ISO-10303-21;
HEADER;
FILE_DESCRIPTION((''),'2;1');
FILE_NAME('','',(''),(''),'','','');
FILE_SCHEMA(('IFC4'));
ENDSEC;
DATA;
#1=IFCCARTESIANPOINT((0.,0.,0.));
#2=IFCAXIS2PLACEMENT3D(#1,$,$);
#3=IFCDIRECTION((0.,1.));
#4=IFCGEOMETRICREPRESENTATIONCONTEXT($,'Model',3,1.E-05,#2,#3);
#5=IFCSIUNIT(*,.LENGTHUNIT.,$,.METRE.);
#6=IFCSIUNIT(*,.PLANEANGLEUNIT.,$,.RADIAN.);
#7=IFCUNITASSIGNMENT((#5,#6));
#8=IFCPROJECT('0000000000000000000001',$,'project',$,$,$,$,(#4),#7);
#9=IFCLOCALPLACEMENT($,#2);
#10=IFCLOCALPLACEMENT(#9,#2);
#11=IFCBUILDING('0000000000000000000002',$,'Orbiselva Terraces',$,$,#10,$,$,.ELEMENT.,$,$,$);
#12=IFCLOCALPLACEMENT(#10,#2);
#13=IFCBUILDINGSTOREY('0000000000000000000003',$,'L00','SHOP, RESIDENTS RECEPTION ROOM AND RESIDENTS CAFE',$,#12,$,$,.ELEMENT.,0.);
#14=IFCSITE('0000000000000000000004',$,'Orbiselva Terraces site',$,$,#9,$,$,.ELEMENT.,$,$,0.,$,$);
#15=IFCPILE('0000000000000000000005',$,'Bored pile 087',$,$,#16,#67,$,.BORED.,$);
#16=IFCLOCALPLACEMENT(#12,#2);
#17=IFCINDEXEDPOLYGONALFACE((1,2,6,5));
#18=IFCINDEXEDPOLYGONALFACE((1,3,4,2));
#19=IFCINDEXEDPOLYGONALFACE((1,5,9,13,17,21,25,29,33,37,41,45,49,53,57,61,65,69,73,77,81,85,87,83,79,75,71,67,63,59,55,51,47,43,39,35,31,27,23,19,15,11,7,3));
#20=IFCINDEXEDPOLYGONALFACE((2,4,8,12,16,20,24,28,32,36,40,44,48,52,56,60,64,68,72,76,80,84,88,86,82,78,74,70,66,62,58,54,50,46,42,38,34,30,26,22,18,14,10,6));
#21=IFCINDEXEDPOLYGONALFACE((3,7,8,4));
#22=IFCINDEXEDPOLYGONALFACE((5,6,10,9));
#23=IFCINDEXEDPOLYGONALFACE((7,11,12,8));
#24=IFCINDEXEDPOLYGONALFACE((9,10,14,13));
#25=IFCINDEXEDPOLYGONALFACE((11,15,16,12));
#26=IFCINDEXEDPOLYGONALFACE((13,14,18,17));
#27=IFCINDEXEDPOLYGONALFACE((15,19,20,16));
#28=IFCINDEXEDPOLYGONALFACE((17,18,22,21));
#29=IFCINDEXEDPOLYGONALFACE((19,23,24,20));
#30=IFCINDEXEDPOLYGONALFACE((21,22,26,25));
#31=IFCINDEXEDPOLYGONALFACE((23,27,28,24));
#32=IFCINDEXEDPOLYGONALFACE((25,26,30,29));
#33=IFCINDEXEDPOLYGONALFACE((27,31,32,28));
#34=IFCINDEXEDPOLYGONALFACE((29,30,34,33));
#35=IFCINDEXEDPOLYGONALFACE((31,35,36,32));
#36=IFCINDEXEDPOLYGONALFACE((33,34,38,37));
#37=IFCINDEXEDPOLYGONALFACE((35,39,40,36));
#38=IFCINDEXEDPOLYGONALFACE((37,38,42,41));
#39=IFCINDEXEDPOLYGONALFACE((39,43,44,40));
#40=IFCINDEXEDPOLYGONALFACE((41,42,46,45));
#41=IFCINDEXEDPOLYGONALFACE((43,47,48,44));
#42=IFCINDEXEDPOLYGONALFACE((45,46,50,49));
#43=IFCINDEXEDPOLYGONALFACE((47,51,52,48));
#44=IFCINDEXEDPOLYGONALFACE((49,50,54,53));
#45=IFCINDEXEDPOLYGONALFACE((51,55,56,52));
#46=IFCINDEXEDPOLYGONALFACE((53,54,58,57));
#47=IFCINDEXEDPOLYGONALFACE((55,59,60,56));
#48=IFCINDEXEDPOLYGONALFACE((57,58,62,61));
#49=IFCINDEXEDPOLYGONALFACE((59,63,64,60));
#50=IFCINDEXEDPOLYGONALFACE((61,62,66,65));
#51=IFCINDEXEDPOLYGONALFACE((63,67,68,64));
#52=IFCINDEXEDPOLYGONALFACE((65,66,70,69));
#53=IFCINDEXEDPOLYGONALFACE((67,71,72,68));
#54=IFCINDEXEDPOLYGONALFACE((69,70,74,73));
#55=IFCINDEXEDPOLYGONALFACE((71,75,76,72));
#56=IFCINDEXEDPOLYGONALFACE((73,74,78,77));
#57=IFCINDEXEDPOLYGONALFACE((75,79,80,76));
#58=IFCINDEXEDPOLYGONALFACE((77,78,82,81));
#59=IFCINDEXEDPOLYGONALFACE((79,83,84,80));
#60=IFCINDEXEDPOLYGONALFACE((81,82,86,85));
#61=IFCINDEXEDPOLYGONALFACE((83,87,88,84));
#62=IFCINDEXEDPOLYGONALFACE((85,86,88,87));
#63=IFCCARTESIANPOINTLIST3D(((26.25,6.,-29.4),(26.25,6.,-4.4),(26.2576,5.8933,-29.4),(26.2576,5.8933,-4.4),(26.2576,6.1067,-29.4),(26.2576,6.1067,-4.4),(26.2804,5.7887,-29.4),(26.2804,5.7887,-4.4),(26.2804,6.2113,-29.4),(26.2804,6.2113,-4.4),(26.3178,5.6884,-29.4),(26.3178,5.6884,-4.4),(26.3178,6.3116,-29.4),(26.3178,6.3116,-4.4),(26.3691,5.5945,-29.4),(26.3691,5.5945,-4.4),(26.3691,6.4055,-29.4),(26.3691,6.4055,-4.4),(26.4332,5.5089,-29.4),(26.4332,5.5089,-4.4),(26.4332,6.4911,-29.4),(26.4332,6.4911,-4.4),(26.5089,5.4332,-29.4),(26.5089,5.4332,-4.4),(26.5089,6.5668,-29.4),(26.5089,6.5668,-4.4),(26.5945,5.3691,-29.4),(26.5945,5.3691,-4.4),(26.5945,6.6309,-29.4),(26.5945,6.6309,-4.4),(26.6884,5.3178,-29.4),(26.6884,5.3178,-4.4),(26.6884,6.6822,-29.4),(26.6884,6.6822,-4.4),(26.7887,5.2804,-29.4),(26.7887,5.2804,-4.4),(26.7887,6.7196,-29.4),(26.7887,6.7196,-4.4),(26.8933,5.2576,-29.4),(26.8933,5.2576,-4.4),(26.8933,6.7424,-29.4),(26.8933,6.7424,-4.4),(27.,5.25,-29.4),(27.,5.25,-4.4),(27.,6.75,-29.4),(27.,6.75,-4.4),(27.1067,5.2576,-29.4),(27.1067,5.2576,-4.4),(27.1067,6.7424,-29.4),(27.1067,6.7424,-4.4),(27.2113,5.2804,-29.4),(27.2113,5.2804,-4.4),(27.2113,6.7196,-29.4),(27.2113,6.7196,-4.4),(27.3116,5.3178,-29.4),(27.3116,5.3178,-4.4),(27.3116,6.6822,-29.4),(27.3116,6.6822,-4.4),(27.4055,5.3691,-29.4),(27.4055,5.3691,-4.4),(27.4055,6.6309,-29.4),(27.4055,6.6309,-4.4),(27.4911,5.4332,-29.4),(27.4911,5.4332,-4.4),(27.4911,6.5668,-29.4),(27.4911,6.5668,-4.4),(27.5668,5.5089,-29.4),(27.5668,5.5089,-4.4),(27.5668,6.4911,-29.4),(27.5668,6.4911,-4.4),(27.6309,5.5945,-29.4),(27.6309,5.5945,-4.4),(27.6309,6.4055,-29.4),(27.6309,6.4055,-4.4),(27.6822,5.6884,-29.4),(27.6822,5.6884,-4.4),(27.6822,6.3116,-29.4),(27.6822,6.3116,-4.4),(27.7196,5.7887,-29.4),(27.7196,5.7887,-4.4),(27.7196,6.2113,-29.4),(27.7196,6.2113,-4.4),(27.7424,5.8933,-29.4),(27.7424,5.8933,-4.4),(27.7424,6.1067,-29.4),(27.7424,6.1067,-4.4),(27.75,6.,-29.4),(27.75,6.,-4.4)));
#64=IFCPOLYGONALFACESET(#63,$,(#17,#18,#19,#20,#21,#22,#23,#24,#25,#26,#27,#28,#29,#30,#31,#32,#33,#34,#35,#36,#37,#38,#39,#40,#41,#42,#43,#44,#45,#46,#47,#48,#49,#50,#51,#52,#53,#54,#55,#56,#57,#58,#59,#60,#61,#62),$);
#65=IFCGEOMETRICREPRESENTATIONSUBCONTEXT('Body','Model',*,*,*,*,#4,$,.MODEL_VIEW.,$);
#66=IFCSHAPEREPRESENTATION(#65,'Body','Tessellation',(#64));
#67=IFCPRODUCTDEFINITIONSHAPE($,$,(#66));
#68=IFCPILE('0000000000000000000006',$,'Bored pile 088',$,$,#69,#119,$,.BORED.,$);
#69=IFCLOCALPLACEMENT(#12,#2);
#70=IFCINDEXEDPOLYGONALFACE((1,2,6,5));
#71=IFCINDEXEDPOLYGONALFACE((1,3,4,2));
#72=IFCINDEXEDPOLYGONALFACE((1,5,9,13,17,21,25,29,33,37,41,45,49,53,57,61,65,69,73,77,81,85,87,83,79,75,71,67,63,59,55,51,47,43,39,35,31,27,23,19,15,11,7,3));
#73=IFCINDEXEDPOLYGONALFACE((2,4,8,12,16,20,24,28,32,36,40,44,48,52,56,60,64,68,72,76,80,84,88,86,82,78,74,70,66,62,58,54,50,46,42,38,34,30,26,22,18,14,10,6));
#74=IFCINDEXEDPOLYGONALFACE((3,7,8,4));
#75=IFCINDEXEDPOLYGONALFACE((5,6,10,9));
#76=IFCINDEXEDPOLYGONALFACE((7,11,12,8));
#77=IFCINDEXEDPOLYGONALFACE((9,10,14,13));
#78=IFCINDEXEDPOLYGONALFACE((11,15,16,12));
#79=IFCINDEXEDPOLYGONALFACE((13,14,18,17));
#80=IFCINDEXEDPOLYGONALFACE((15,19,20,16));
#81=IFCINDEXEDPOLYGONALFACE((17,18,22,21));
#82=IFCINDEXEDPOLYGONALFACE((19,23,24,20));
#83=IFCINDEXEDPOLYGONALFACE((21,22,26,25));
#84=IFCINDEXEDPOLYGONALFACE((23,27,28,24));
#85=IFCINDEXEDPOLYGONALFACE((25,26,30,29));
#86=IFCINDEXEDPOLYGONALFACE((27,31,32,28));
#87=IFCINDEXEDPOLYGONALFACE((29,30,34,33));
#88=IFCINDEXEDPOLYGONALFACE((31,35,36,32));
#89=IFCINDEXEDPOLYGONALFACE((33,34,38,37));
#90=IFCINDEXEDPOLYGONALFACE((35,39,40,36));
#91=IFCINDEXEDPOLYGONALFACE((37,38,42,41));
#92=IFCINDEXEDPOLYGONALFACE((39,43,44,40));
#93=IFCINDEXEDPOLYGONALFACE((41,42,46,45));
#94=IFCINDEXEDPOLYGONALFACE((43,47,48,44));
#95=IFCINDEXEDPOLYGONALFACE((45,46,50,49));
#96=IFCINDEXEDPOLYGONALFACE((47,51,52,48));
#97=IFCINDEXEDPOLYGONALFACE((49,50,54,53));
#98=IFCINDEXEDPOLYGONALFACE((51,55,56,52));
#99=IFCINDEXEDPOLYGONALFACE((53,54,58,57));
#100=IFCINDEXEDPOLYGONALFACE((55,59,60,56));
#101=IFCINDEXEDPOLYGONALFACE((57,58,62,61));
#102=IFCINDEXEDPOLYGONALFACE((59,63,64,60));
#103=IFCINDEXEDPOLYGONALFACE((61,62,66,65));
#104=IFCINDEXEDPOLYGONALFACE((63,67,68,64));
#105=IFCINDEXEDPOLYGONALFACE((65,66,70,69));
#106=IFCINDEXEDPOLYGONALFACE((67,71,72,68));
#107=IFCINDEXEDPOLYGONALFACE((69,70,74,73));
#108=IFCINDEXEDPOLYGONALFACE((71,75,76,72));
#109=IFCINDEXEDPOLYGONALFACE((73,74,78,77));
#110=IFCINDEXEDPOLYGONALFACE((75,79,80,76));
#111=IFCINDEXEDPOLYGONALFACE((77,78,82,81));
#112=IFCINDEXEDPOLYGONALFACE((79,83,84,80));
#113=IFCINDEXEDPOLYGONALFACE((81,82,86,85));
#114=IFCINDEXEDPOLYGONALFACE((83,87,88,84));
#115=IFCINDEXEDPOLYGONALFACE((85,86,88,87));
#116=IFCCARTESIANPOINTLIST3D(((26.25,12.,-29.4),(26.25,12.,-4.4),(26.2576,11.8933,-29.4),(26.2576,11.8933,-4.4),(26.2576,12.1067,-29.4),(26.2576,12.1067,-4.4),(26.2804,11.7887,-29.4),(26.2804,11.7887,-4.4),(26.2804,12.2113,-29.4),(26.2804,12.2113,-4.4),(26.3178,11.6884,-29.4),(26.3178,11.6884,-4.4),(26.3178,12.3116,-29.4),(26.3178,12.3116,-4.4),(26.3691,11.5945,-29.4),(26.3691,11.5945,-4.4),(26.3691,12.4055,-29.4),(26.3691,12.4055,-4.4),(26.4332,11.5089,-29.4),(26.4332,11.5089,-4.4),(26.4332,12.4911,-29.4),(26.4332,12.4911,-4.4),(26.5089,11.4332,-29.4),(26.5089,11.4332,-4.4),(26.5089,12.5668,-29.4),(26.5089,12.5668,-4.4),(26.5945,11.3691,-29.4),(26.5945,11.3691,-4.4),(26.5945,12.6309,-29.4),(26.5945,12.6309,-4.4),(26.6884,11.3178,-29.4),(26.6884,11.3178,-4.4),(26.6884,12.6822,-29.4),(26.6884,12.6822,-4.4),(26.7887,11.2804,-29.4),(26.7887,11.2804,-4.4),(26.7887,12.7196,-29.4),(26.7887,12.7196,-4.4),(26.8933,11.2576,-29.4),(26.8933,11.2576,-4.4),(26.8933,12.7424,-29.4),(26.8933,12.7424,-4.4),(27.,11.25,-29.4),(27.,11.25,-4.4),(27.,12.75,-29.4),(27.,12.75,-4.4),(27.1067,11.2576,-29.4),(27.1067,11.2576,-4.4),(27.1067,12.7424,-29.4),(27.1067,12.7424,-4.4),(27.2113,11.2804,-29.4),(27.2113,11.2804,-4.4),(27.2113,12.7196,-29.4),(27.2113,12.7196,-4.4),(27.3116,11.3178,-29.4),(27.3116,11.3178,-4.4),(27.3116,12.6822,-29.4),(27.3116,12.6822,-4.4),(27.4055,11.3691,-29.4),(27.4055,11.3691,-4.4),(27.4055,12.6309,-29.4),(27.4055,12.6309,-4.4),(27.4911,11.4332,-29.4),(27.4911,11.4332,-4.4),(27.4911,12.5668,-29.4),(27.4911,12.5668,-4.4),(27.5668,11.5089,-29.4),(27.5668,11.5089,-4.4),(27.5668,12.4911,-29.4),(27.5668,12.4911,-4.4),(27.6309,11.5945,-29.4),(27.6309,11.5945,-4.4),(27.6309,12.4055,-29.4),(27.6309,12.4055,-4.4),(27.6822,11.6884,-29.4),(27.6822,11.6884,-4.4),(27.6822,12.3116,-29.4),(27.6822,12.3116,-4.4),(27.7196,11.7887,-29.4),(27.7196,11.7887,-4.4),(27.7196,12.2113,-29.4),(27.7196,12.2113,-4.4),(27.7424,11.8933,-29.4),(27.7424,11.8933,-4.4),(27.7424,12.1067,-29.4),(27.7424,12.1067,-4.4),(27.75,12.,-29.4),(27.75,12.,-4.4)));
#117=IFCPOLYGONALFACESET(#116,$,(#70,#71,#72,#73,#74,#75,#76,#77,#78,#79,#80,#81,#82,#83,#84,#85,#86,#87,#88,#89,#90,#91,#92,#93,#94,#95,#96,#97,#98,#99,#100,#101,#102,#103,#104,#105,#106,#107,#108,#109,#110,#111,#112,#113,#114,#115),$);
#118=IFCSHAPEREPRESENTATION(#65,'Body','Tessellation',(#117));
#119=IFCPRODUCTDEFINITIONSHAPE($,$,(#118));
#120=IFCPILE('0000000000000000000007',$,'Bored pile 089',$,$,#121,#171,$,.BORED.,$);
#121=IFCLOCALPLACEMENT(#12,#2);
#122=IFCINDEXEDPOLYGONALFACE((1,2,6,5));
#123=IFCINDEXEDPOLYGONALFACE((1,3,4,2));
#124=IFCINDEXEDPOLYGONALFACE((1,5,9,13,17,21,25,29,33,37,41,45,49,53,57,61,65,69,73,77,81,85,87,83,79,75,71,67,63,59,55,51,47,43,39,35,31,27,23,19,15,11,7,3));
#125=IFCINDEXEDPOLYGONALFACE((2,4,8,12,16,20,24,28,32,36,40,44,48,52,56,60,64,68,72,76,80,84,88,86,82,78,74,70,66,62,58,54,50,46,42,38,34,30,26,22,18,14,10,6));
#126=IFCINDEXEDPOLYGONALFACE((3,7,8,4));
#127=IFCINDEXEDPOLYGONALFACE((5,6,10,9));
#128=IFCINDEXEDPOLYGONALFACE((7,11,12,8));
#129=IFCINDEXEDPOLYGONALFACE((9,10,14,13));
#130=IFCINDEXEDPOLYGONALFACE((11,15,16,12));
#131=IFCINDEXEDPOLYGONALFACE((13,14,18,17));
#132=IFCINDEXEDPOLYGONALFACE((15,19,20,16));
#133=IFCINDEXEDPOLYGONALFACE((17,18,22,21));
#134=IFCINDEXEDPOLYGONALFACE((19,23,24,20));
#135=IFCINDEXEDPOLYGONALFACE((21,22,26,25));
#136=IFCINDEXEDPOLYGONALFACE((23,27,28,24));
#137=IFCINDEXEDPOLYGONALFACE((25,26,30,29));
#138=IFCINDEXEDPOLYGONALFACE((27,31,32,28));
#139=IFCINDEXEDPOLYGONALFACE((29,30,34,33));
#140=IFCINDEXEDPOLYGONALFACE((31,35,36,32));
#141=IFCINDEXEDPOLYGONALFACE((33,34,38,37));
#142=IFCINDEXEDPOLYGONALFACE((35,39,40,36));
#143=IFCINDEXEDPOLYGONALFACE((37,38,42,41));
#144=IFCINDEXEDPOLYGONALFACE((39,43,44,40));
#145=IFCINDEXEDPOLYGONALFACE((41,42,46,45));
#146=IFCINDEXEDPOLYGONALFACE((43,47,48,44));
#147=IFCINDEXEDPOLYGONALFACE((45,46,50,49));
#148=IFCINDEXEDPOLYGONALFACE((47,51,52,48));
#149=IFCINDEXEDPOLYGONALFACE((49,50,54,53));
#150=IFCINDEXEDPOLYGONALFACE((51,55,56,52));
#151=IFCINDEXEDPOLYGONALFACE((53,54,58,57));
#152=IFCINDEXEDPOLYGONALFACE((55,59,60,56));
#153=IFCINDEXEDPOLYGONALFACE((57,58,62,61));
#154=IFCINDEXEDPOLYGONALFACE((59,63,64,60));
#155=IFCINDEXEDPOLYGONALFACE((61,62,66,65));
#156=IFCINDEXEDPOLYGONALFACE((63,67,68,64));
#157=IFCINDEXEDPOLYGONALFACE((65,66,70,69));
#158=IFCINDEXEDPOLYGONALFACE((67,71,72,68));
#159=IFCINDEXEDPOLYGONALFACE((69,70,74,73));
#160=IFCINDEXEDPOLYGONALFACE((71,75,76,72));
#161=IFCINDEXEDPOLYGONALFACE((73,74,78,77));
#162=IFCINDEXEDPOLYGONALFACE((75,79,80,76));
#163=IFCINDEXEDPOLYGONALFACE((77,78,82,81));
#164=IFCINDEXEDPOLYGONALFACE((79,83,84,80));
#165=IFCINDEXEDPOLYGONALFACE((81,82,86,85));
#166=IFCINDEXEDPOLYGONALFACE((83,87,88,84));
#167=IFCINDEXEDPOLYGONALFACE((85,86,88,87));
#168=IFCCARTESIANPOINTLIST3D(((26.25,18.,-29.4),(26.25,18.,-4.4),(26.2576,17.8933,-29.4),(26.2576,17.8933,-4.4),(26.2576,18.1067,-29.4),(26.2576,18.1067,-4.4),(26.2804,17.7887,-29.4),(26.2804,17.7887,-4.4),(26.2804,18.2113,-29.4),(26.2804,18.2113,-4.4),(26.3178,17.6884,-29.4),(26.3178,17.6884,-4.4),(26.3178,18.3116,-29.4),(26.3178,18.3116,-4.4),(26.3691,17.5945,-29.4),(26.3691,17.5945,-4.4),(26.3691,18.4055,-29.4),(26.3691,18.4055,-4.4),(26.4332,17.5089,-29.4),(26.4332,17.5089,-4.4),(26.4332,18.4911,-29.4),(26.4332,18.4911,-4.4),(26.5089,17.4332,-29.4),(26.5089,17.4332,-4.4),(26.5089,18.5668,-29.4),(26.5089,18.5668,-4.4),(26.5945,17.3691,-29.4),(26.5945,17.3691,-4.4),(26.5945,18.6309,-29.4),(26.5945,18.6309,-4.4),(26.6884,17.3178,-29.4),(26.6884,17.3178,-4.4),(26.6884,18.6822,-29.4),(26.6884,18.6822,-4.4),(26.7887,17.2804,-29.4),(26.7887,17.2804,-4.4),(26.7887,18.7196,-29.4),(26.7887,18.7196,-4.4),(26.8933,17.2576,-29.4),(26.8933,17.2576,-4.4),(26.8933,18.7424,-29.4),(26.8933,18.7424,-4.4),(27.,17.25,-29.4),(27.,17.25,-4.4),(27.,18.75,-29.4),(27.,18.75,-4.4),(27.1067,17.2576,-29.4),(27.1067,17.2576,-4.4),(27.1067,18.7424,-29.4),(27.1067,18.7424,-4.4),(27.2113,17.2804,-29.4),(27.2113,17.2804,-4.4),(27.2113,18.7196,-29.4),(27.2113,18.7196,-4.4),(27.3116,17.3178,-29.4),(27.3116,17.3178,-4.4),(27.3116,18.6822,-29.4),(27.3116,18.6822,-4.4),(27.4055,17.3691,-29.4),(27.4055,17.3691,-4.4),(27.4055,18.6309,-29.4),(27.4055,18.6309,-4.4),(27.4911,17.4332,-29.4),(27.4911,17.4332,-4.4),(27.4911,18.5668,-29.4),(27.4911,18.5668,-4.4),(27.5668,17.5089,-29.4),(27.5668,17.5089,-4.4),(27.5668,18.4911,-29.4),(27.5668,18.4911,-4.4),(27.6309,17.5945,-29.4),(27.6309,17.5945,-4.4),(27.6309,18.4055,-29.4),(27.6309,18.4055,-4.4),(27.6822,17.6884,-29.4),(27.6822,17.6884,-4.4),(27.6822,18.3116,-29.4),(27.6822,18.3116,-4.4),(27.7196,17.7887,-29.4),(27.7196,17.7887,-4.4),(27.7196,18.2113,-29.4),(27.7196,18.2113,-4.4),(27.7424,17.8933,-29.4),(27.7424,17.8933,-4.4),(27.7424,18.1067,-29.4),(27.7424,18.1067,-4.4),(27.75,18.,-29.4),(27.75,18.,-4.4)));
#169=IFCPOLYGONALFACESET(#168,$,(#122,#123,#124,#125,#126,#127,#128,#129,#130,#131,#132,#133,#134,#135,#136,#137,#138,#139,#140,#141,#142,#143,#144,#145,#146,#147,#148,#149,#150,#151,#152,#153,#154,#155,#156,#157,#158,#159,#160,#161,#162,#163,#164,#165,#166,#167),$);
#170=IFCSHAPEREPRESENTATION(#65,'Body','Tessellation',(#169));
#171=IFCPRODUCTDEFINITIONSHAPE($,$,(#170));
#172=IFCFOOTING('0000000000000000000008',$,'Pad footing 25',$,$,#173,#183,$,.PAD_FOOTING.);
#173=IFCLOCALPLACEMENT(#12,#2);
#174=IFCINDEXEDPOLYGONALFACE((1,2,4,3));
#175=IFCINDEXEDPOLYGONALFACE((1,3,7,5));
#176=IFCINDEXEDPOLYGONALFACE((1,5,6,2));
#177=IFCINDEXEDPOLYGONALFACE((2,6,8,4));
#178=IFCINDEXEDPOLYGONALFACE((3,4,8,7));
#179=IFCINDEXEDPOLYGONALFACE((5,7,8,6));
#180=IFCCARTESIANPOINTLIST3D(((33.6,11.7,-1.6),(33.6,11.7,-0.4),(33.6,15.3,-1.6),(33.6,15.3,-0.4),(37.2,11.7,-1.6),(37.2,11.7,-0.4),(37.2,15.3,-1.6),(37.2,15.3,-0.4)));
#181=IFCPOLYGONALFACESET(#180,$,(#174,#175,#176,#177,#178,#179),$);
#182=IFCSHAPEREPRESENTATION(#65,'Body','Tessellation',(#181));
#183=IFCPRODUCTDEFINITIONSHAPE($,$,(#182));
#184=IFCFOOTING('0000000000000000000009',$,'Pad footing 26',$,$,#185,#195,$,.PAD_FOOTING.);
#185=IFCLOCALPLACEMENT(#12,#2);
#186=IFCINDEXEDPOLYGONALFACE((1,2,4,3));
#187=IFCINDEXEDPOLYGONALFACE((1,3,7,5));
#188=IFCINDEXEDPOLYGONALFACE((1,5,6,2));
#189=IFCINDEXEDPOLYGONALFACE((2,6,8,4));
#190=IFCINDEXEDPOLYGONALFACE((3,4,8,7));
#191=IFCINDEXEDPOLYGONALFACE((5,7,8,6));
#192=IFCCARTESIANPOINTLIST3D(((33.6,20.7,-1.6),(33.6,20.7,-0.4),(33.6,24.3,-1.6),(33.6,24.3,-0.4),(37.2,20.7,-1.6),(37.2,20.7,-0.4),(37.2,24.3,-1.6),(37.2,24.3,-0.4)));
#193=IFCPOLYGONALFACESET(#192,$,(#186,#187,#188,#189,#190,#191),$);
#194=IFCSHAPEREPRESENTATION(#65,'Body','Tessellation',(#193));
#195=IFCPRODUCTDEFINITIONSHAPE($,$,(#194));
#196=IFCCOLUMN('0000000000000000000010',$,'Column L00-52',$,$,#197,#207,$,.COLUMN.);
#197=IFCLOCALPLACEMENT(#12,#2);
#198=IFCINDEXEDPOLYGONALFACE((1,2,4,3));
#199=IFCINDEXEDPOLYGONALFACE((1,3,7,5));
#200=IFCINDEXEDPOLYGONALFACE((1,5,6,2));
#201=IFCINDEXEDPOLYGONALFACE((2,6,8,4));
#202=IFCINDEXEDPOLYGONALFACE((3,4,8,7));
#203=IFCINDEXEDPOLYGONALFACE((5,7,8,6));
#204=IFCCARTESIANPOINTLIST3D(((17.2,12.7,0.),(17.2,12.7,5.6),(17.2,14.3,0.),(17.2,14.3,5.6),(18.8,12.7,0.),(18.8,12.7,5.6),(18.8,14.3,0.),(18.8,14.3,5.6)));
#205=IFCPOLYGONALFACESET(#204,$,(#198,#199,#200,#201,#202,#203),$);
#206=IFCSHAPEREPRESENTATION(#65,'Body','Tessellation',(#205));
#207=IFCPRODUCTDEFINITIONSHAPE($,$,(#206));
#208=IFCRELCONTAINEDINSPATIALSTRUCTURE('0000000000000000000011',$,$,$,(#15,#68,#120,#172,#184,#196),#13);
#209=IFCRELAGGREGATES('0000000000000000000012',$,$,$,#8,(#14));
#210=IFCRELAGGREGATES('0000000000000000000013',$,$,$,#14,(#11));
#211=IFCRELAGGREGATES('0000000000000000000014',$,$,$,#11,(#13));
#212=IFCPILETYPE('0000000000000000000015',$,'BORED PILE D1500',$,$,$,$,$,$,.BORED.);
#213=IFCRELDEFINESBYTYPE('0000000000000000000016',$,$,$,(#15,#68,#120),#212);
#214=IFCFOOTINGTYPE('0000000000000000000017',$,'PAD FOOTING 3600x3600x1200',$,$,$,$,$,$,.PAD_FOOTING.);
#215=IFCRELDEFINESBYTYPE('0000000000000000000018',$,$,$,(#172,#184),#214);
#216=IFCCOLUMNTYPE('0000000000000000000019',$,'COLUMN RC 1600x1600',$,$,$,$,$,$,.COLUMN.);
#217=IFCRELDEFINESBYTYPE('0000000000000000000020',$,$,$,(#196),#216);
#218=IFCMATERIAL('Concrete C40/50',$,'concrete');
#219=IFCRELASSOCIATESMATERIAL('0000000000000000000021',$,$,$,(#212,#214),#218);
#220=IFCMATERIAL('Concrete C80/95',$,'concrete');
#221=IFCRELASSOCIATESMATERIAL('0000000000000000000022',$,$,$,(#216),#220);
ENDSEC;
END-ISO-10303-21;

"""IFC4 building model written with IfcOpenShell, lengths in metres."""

from ifc_helpers import new_model, si_unit, direction, frame, origin, origin_2d, place, context, subcontext, project, spatial, rectangle, circle, extrude, material, material_profile, profile_set, type_object, element, save


model = new_model("IFC4")

# Units and contexts
model_context = context("Model", 3, precision=1e-05, world=origin(), true_north=direction((0.0, 1.0)))
body_context = subcontext(model_context, "Body", "Model", "MODEL_VIEW")
ifc_project = project(units=[si_unit("LENGTHUNIT", "METRE"), si_unit("PLANEANGLEUNIT", "RADIAN")], contexts=[model_context])

# Site, building, storey
site_placement = place(None, origin())
site = spatial("IfcSite", under=ifc_project, at=site_placement, Name="Orbiselva Terraces site", CompositionType="ELEMENT", RefElevation=0.0)
building_placement = place(site_placement, origin())
building = spatial("IfcBuilding", under=site, at=building_placement, Name="Orbiselva Terraces", CompositionType="ELEMENT")
storey_placement = place(building_placement, origin())
storey = spatial("IfcBuildingStorey", under=building, at=storey_placement, Name="L00", Description="SHOP, RESIDENTS RECEPTION ROOM AND RESIDENTS CAFE", CompositionType="ELEMENT", Elevation=0.0)

# Piles
ifc_material_1 = material(Name="Concrete C40/50", Category="concrete")
ifc_material_profile_1 = material_profile(ifc_material_1, circle(Radius=0.75, at=origin_2d()), Name="D1500")
ifc_profile_set_1 = profile_set([ifc_material_profile_1], Name="Concrete C40/50")
pile_type = type_object("IfcPileType", Name="BORED PILE D1500", PredefinedType="BORED", material=ifc_profile_set_1)
for number, where, z_axis, x_axis, name in (
    (1, (27.0, 6.0, -4.4), (0.0, 0.0, -1.0), (1.0, 0.0, 0.0), "Bored pile 087"),
    (2, (27.0, 12.0, -4.4), (0.0, 0.0, -1.0), (1.0, 0.0, 0.0), "Bored pile 088"),
    (3, (27.0, 18.0, -4.4), (0.0, 0.0, -1.0), (1.0, 0.0, 0.0), "Bored pile 089"),
):
    element("IfcPile", number, at=place(storey_placement, frame(where, z_axis=z_axis, x_axis=x_axis)), inside=storey, type_object=pile_type, Name=name, PredefinedType="BORED", context=body_context, shape_type="SweptSolid", body=[
        extrude(circle(Radius=0.75, at=origin_2d()), origin(), (0.0, 0.0, 1.0), 25.0),
    ])

# Footings
footing_type = type_object("IfcFootingType", Name="PAD FOOTING 3600x3600x1200", PredefinedType="PAD_FOOTING", material=ifc_material_1)
for number, where, z_axis, x_axis, name in (
    (4, (35.4, 13.5, -1.6), (0.0, 0.0, 1.0), (1.0, 0.0, 0.0), "Pad footing 25"),
    (5, (35.4, 22.5, -1.6), (0.0, 0.0, 1.0), (1.0, 0.0, 0.0), "Pad footing 26"),
):
    element("IfcFooting", number, at=place(storey_placement, frame(where, z_axis=z_axis, x_axis=x_axis)), inside=storey, type_object=footing_type, Name=name, PredefinedType="PAD_FOOTING", context=body_context, shape_type="SweptSolid", body=[
        extrude(rectangle(XDim=3.6, YDim=3.6, at=origin_2d()), origin(), (0.0, 0.0, 1.0), 1.2),
    ])

# Column
ifc_material_2 = material(Name="Concrete C80/95", Category="concrete")
ifc_material_profile_2 = material_profile(ifc_material_2, rectangle(XDim=1.6, YDim=1.6, at=origin_2d()), Name="RC 1600x1600")
ifc_profile_set_2 = profile_set([ifc_material_profile_2], Name="Concrete C80/95")
column_type_1 = type_object("IfcColumnType", Name="COLUMN RC 1600x1600", PredefinedType="COLUMN", material=ifc_profile_set_2)
column_placement = place(storey_placement, frame((18.0, 13.5, 0.0), z_axis=(0.0, 0.0, 1.0), x_axis=(1.0, 0.0, 0.0)))
element("IfcColumn", 6, at=column_placement, inside=storey, type_object=column_type_1, Name="Column L00-52", PredefinedType="COLUMN", context=body_context, shape_type="SweptSolid", body=[
    extrude(rectangle(XDim=1.6, YDim=1.6, at=origin_2d()), origin(), (0.0, 0.0, 1.0), 5.6),
])

save(model, "model.ifc")
